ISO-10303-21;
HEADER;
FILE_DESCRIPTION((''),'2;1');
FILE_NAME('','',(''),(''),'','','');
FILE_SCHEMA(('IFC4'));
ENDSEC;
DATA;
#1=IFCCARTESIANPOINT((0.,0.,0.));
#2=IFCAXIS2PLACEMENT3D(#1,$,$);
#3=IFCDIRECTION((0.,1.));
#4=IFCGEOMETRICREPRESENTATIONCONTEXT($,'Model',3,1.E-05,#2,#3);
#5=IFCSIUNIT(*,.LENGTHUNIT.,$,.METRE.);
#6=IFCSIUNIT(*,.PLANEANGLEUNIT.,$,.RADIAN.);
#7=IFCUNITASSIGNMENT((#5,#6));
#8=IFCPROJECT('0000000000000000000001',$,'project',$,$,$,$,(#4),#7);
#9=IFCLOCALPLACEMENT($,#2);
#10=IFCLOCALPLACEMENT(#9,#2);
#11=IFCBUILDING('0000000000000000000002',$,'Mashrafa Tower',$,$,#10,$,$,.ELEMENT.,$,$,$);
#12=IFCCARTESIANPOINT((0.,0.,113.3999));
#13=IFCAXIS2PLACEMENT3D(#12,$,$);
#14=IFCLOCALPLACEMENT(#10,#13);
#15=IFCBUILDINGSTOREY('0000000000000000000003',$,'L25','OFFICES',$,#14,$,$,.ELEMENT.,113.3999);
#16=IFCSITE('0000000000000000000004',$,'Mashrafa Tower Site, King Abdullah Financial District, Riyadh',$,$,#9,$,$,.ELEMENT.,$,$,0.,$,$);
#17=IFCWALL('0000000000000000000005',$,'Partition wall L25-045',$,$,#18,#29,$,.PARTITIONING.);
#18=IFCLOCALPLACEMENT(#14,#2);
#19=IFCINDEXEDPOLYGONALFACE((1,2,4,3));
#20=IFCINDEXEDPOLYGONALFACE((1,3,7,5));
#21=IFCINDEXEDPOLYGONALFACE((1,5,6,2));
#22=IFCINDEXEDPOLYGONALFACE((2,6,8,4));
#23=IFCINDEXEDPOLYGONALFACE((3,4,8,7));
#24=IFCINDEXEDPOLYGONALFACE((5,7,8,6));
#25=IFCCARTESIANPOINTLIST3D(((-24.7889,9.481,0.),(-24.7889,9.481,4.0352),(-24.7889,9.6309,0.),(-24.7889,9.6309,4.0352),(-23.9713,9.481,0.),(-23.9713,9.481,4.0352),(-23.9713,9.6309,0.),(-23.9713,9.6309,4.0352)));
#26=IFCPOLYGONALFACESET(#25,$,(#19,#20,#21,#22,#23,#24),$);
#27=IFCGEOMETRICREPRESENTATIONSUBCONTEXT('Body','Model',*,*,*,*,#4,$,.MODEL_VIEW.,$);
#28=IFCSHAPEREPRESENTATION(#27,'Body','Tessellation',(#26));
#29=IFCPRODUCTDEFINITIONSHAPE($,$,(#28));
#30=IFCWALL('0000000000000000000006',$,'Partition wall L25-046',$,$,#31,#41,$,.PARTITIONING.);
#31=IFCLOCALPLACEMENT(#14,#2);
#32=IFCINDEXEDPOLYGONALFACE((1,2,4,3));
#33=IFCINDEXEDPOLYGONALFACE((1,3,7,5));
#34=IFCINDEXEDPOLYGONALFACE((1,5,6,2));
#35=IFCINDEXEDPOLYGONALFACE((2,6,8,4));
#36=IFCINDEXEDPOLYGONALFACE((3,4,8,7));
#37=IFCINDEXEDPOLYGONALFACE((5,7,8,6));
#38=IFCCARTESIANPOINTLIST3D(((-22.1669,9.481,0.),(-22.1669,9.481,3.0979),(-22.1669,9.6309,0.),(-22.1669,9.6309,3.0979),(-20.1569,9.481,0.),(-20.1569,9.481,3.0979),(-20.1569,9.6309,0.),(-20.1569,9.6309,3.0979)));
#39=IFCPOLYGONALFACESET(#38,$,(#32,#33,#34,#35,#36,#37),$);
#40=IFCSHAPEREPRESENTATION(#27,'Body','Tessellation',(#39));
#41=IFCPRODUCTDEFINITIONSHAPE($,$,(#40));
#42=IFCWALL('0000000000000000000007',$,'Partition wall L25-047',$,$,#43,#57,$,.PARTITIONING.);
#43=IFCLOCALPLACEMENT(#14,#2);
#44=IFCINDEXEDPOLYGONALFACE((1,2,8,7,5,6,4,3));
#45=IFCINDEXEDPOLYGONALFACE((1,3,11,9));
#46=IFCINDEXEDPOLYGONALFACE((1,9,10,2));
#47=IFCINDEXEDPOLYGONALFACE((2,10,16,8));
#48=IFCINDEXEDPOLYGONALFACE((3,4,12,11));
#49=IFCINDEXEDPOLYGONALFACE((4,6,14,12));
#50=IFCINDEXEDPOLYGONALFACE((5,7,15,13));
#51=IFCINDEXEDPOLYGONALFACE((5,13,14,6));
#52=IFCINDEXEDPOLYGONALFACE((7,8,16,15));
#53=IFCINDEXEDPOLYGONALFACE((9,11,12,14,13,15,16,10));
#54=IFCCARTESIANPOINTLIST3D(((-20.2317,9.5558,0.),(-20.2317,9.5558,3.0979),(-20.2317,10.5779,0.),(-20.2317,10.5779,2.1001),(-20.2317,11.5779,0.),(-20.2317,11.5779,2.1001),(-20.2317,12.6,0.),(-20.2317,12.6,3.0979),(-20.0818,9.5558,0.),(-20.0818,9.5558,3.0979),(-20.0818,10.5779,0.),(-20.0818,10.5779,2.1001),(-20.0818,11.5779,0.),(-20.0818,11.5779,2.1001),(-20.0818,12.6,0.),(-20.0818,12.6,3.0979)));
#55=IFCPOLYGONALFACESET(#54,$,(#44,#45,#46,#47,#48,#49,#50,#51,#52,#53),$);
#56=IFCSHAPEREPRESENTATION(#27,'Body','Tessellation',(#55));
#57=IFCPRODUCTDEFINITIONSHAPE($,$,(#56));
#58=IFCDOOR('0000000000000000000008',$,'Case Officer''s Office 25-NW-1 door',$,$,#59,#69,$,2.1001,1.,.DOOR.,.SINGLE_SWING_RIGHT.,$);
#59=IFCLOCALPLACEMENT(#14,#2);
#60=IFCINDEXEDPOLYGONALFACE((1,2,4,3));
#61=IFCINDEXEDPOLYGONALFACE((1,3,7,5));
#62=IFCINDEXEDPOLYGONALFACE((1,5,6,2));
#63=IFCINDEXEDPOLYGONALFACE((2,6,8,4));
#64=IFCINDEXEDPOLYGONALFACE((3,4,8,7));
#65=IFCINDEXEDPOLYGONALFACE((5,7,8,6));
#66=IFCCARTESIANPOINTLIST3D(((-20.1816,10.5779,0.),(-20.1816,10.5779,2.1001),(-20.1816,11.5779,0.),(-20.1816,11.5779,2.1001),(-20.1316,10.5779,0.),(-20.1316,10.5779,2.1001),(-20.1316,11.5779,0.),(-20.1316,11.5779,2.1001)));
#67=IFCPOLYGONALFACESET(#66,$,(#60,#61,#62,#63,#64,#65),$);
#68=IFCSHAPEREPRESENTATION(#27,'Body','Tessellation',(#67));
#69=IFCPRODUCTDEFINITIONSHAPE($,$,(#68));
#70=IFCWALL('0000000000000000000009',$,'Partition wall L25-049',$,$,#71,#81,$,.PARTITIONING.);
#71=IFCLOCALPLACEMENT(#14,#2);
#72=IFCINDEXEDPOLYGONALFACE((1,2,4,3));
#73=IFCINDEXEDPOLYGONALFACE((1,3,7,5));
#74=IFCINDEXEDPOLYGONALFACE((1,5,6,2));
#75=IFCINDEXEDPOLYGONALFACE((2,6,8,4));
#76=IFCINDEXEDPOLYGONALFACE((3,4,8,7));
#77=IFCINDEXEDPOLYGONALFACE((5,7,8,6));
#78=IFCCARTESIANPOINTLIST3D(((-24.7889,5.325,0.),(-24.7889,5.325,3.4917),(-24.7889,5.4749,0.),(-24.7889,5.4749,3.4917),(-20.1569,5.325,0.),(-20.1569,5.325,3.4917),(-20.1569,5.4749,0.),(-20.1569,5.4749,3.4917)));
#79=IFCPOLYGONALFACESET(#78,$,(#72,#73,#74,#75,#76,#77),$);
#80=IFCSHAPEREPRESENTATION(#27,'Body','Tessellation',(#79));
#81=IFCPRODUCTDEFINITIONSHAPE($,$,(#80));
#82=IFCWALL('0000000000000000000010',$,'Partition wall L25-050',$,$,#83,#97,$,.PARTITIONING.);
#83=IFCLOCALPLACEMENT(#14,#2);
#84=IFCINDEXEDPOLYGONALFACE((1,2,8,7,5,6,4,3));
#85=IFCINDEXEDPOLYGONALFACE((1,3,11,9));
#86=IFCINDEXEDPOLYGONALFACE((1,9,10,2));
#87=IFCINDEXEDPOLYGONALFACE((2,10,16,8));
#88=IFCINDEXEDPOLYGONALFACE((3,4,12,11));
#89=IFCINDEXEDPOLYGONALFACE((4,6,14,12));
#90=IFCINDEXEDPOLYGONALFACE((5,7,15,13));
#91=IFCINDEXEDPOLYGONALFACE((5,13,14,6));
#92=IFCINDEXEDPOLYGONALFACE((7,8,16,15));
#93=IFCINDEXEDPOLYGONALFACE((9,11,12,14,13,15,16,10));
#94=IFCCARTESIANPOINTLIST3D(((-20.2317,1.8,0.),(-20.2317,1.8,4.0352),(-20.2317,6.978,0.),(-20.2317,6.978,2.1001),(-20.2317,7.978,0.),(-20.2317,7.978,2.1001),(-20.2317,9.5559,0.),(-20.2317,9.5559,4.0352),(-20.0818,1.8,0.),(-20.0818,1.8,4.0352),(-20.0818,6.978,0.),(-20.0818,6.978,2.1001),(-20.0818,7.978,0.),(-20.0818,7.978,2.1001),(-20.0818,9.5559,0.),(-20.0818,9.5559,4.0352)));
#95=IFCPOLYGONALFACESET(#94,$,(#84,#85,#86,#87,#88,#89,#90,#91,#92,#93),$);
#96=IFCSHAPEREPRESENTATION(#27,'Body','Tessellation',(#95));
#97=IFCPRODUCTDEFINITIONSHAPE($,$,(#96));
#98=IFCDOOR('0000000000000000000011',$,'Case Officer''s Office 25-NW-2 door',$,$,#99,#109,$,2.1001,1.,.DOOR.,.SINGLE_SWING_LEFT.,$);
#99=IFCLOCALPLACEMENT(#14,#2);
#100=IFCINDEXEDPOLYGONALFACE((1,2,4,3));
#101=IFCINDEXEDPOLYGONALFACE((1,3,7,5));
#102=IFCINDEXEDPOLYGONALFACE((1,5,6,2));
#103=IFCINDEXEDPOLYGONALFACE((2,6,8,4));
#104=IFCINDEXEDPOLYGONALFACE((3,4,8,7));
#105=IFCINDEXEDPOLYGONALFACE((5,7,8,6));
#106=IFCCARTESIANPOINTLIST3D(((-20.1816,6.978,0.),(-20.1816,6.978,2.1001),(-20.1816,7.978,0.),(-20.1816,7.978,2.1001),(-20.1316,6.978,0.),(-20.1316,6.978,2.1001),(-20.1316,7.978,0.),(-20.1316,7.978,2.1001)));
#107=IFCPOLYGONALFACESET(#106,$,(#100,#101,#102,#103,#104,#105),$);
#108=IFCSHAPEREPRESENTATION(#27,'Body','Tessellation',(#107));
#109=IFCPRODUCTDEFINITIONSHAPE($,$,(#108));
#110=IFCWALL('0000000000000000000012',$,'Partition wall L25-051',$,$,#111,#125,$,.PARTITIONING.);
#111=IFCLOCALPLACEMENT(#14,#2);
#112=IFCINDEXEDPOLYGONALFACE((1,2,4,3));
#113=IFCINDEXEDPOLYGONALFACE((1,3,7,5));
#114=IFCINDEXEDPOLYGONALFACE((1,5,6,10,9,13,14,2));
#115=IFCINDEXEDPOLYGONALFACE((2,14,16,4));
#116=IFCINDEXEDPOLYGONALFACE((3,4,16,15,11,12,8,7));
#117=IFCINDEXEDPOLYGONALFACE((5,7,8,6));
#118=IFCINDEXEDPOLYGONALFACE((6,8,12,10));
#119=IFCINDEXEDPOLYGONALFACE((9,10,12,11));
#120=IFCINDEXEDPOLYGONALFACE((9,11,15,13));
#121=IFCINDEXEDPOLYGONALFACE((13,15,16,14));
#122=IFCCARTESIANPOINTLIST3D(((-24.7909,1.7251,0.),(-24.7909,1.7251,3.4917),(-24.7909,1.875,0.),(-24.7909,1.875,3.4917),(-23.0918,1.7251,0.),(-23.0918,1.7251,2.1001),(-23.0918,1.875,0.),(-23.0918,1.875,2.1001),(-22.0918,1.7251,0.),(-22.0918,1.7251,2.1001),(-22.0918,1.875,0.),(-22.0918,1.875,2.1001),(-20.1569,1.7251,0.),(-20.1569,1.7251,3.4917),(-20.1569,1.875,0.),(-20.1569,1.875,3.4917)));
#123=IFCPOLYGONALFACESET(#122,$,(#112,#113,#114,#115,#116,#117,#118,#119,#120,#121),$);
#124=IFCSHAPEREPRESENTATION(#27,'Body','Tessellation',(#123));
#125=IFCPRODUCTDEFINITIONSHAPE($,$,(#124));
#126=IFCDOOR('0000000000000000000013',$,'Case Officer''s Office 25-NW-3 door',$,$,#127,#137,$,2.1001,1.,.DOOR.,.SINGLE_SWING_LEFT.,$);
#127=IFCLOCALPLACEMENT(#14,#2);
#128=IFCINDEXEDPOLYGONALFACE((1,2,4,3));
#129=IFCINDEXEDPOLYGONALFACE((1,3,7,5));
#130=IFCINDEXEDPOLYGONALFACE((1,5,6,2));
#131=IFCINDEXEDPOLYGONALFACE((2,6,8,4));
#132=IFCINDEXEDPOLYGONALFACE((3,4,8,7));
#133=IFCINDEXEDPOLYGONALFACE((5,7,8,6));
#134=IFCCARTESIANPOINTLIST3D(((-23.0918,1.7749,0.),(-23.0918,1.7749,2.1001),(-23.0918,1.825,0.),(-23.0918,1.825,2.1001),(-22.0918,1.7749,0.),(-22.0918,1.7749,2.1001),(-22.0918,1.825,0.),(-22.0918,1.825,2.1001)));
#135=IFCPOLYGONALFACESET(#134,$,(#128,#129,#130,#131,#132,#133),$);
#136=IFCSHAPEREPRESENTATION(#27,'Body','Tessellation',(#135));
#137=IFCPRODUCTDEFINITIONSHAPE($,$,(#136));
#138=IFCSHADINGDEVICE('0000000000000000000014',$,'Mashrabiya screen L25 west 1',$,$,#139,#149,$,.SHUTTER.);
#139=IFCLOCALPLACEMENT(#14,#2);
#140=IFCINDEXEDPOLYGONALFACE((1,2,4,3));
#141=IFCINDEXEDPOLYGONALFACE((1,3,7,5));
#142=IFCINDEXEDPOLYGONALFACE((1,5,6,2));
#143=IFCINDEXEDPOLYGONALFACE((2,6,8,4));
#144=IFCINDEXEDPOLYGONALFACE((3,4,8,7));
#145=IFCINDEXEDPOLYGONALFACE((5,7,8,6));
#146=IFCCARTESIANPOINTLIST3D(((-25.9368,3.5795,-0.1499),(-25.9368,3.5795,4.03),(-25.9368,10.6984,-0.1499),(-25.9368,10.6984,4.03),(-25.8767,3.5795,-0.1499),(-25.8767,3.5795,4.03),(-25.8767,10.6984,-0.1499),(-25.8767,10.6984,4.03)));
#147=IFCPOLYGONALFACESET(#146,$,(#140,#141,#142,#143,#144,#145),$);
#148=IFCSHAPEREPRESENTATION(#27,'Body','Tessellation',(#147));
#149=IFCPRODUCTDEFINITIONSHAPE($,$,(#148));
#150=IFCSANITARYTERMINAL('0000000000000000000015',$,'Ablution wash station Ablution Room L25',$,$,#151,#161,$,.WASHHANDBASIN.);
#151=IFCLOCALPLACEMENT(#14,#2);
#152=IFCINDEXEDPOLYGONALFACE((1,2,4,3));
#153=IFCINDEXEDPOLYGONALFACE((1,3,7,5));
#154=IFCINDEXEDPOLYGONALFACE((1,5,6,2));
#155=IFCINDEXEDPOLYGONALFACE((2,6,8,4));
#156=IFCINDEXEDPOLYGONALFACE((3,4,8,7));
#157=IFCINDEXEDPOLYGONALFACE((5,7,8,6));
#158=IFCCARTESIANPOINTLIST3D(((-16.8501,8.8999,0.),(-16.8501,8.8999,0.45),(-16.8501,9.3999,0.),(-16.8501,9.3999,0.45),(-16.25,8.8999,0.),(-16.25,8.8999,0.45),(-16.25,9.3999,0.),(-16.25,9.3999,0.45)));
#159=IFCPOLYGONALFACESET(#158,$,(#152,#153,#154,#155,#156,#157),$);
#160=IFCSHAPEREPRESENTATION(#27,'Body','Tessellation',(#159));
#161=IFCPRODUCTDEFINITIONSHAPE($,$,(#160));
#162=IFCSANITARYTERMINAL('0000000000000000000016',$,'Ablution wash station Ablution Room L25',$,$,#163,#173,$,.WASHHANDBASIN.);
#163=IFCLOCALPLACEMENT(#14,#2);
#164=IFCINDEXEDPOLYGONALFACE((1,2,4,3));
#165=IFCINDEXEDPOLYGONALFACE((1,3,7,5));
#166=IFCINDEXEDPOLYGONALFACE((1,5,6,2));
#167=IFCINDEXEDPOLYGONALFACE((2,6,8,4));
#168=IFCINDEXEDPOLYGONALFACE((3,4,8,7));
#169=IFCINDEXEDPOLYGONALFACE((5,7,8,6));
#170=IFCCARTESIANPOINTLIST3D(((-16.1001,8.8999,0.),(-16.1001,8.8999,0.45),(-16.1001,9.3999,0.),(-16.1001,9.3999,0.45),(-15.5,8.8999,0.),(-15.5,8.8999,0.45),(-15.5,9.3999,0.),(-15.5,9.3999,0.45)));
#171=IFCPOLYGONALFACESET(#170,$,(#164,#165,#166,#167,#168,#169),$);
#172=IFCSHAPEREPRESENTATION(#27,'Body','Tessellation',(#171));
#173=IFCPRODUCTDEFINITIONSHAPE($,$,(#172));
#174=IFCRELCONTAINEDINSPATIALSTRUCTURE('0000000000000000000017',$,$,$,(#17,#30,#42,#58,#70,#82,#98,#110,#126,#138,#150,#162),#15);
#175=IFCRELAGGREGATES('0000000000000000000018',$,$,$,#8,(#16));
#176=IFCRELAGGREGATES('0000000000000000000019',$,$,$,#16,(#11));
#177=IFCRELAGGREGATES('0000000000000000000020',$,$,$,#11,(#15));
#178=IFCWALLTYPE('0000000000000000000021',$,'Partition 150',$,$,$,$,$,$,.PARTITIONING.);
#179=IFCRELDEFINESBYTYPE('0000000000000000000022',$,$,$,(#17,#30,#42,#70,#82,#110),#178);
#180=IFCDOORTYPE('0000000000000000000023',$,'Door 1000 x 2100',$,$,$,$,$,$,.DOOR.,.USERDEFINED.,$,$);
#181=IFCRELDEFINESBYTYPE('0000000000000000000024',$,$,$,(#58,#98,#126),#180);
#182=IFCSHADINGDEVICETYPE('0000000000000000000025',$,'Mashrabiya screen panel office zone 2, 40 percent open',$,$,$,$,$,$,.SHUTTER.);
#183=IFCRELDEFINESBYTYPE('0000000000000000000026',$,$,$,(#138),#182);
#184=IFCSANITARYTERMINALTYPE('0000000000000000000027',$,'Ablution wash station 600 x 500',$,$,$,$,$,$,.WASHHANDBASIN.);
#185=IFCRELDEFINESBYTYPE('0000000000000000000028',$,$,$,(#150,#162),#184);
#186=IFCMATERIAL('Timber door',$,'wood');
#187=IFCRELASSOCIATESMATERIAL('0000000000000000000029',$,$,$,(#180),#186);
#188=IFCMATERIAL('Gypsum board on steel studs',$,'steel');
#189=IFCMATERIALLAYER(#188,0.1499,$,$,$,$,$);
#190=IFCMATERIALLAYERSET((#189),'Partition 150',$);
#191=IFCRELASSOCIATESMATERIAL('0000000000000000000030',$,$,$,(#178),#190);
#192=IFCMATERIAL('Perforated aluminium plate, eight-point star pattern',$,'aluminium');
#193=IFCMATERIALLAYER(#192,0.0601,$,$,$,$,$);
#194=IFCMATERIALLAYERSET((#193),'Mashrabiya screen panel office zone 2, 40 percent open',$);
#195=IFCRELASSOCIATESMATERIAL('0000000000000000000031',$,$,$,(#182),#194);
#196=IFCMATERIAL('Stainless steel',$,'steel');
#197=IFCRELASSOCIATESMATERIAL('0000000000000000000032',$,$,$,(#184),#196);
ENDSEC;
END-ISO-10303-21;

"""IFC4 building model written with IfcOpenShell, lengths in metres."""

from ifc_helpers import new_model, si_unit, direction, frame, frame_2d, origin, origin_2d, place, context, subcontext, project, spatial, rectangle, extrude, source, transform, mapped, material, layer, layer_set, type_object, type_shapes, element, fill, save


model = new_model("IFC4")

# Units and contexts
model_context = context("Model", 3, precision=1e-05, world=origin(), true_north=direction((0.0, 1.0)))
body_context = subcontext(model_context, "Body", "Model", "MODEL_VIEW")
ifc_project = project(units=[si_unit("LENGTHUNIT", "METRE"), si_unit("PLANEANGLEUNIT", "RADIAN")], contexts=[model_context])

# Site, building, storey
site_placement = place(None, origin())
site = spatial("IfcSite", under=ifc_project, at=site_placement, Name="Mashrafa Tower Site, King Abdullah Financial District, Riyadh", CompositionType="ELEMENT", RefElevation=0.0)
building_placement = place(site_placement, origin())
building = spatial("IfcBuilding", under=site, at=building_placement, Name="Mashrafa Tower", CompositionType="ELEMENT")
storey_placement = place(building_placement, frame((0.0, 0.0, 113.3999)))
storey = spatial("IfcBuildingStorey", under=building, at=storey_placement, Name="L25", Description="OFFICES", CompositionType="ELEMENT", Elevation=113.3999)

# Shared definitions
ifc_material_1 = material(Name="Timber door", Category="wood")
door_type_1 = type_object("IfcDoorType", Name="Door 1000 x 2100", OperationType="USERDEFINED", PredefinedType="DOOR", material=ifc_material_1)

# Walls
ifc_material_2 = material(Name="Gypsum board on steel studs", Category="steel")
ifc_layer_1 = layer(ifc_material_2, 0.1499)
ifc_layer_set_1 = layer_set([ifc_layer_1], Name="Partition 150")
wall_type_1 = type_object("IfcWallType", Name="Partition 150", PredefinedType="PARTITIONING", material=ifc_layer_set_1)
wall_1_placement = place(storey_placement, frame((-24.7888, 9.5559, 0.0), z_axis=(0.0, 0.0, 1.0), x_axis=(1.0, 0.0, 0.0)))
element("IfcWall", 1, at=wall_1_placement, inside=storey, type_object=wall_type_1, Name="Partition wall L25-045", PredefinedType="PARTITIONING", context=body_context, shape_type="SweptSolid", body=[
    extrude(rectangle(XDim=0.8176, YDim=0.1499, at=frame_2d((0.4087, 0.0))), origin(), (0.0, 0.0, 1.0), 4.0352),
])
wall_2_placement = place(storey_placement, frame((-22.1667, 9.5559, 0.0), z_axis=(0.0, 0.0, 1.0), x_axis=(1.0, 0.0, 0.0)))
element("IfcWall", 2, at=wall_2_placement, inside=storey, type_object=wall_type_1, Name="Partition wall L25-046", PredefinedType="PARTITIONING", context=body_context, shape_type="SweptSolid", body=[
    extrude(rectangle(XDim=2.01, YDim=0.1499, at=frame_2d((1.0049, 0.0))), origin(), (0.0, 0.0, 1.0), 3.0979),
])

# Wall, opening, door
wall_3_placement = place(storey_placement, frame((-20.1567, 9.5559, 0.0), z_axis=(0.0, 0.0, 1.0), x_axis=(0.0, 1.0, 0.0)))
wall_3 = element("IfcWall", 3, at=wall_3_placement, inside=storey, type_object=wall_type_1, Name="Partition wall L25-047", PredefinedType="PARTITIONING", context=body_context, shape_type="SweptSolid", body=[
    extrude(rectangle(XDim=3.0442, YDim=0.1499, at=frame_2d((1.522, 0.0))), origin(), (0.0, 0.0, 1.0), 3.0979),
])
opening_1_placement = place(wall_3_placement, frame((1.022, 0.0, 0.0)))
opening_1 = element("IfcOpeningElement", 4, at=opening_1_placement, cuts=wall_3, PredefinedType="OPENING", context=body_context, shape_type="SweptSolid", body=[
    extrude(rectangle(XDim=1.0, YDim=2.1001, at=frame_2d((0.5, 1.05))), frame((0.0, 0.085, 0.0), z_axis=(0.0, -1.0, 0.0), x_axis=(1.0, 0.0, 0.0)), (0.0, 0.0, 1.0), 0.1699),
])
door_1_placement = place(opening_1_placement, origin())
door_1 = element("IfcDoor", 5, at=door_1_placement, inside=storey, type_object=door_type_1, Name="Case Officer's Office 25-NW-1 door", OperationType="SINGLE_SWING_RIGHT", OverallHeight=2.1001, OverallWidth=1.0, PredefinedType="DOOR", context=body_context, shape_type="SweptSolid", body=[
    extrude(rectangle(XDim=1.0, YDim=2.1001, at=frame_2d((0.5, 1.05))), frame((0.0, 0.0249, 0.0), z_axis=(0.0, -1.0, 0.0), x_axis=(1.0, 0.0, 0.0)), (0.0, 0.0, 1.0), 0.05),
])
fill(opening_1, door_1)

# Wall
wall_4_placement = place(storey_placement, frame((-24.7888, 5.3999, 0.0), z_axis=(0.0, 0.0, 1.0), x_axis=(1.0, 0.0, 0.0)))
element("IfcWall", 6, at=wall_4_placement, inside=storey, type_object=wall_type_1, Name="Partition wall L25-049", PredefinedType="PARTITIONING", context=body_context, shape_type="SweptSolid", body=[
    extrude(rectangle(XDim=4.6321, YDim=0.1499, at=frame_2d((2.3159, 0.0))), origin(), (0.0, 0.0, 1.0), 3.4917),
])

# Walls, openings, doors
wall_5_placement = place(storey_placement, frame((-20.1567, 9.5559, 0.0), z_axis=(0.0, 0.0, 1.0), x_axis=(0.0, -1.0, 0.0)))
wall_5 = element("IfcWall", 7, at=wall_5_placement, inside=storey, type_object=wall_type_1, Name="Partition wall L25-050", PredefinedType="PARTITIONING", context=body_context, shape_type="SweptSolid", body=[
    extrude(rectangle(XDim=7.7559, YDim=0.1499, at=frame_2d((3.8779, 0.0))), origin(), (0.0, 0.0, 1.0), 4.0352),
])
opening_2_placement = place(wall_5_placement, frame((1.5779, 0.0, 0.0)))
opening_2 = element("IfcOpeningElement", 8, at=opening_2_placement, cuts=wall_5, PredefinedType="OPENING", context=body_context, shape_type="SweptSolid", body=[
    extrude(rectangle(XDim=1.0, YDim=2.1001, at=frame_2d((0.5, 1.05))), frame((0.0, 0.085, 0.0), z_axis=(0.0, -1.0, 0.0), x_axis=(1.0, 0.0, 0.0)), (0.0, 0.0, 1.0), 0.1699),
])
door_2_placement = place(opening_2_placement, frame((1.0, 0.0, 0.0), z_axis=(0.0, 0.0, 1.0), x_axis=(-1.0, 0.0, 0.0)))
door_2 = element("IfcDoor", 9, at=door_2_placement, inside=storey, type_object=door_type_1, Name="Case Officer's Office 25-NW-2 door", OperationType="SINGLE_SWING_LEFT", OverallHeight=2.1001, OverallWidth=1.0, PredefinedType="DOOR", context=body_context, shape_type="SweptSolid", body=[
    extrude(rectangle(XDim=1.0, YDim=2.1001, at=frame_2d((0.5, 1.05))), frame((0.0, 0.0249, 0.0), z_axis=(0.0, -1.0, 0.0), x_axis=(1.0, 0.0, 0.0)), (0.0, 0.0, 1.0), 0.05),
])
fill(opening_2, door_2)
wall_6_placement = place(storey_placement, frame((-24.7908, 1.8, 0.0), z_axis=(0.0, 0.0, 1.0), x_axis=(1.0, 0.0, 0.0)))
wall_6 = element("IfcWall", 10, at=wall_6_placement, inside=storey, type_object=wall_type_1, Name="Partition wall L25-051", PredefinedType="PARTITIONING", context=body_context, shape_type="SweptSolid", body=[
    extrude(rectangle(XDim=4.634, YDim=0.1499, at=frame_2d((2.3169, 0.0))), origin(), (0.0, 0.0, 1.0), 3.4917),
])
opening_3_placement = place(wall_6_placement, frame((1.699, 0.0, 0.0)))
opening_3 = element("IfcOpeningElement", 11, at=opening_3_placement, cuts=wall_6, PredefinedType="OPENING", context=body_context, shape_type="SweptSolid", body=[
    extrude(rectangle(XDim=1.0, YDim=2.1001, at=frame_2d((0.5, 1.05))), frame((0.0, 0.085, 0.0), z_axis=(0.0, -1.0, 0.0), x_axis=(1.0, 0.0, 0.0)), (0.0, 0.0, 1.0), 0.1699),
])
door_3_placement = place(opening_3_placement, origin())
door_3 = element("IfcDoor", 12, at=door_3_placement, inside=storey, type_object=door_type_1, Name="Case Officer's Office 25-NW-3 door", OperationType="SINGLE_SWING_LEFT", OverallHeight=2.1001, OverallWidth=1.0, PredefinedType="DOOR", context=body_context, shape_type="SweptSolid", body=[
    extrude(rectangle(XDim=1.0, YDim=2.1001, at=frame_2d((0.5, 1.05))), frame((0.0, 0.0249, 0.0), z_axis=(0.0, -1.0, 0.0), x_axis=(1.0, 0.0, 0.0)), (0.0, 0.0, 1.0), 0.05),
])
fill(opening_3, door_3)

# Shading device
ifc_material_3 = material(Name="Perforated aluminium plate, eight-point star pattern", Category="aluminium")
ifc_layer_2 = layer(ifc_material_3, 0.0601)
ifc_layer_set_2 = layer_set([ifc_layer_2], Name="Mashrabiya screen panel office zone 2, 40 percent open")
shading_device_type = type_object("IfcShadingDeviceType", Name="Mashrabiya screen panel office zone 2, 40 percent open", PredefinedType="SHUTTER", material=ifc_layer_set_2)
shared_shape_1 = source(origin(), body_context, "Body", "SweptSolid", [
    extrude(rectangle(XDim=7.1189, YDim=0.0601, at=origin_2d()), origin(), (0.0, 0.0, 1.0), 4.1799),
])
type_shapes(shading_device_type, [shared_shape_1])
shading_device_placement = place(storey_placement, frame((-25.9067, 7.1389, -0.1499), z_axis=(0.0, 0.0, 1.0), x_axis=(0.0, -1.0, 0.0)))
element("IfcShadingDevice", 13, at=shading_device_placement, inside=storey, type_object=shading_device_type, Name="Mashrabiya screen L25 west 1", PredefinedType="SHUTTER", context=body_context, shape_type="MappedRepresentation", body=[
    mapped(shared_shape_1, transform((0.0, 0.0, 0.0))),
])

# Sanitary terminals
ifc_material_4 = material(Name="Stainless steel", Category="steel")
sanitary_terminal_type_1 = type_object("IfcSanitaryTerminalType", Name="Ablution wash station 600 x 500", PredefinedType="WASHHANDBASIN", material=ifc_material_4)
for number, where, z_axis, x_axis, name in (
    (14, (-16.55, 9.1499, 0.0), (0.0, 0.0, 1.0), (1.0, 0.0, 0.0), "Ablution wash station Ablution Room L25"),
    (15, (-15.8, 9.1499, 0.0), (0.0, 0.0, 1.0), (1.0, 0.0, 0.0), "Ablution wash station Ablution Room L25"),
):
    element("IfcSanitaryTerminal", number, at=place(storey_placement, frame(where, z_axis=z_axis, x_axis=x_axis)), inside=storey, type_object=sanitary_terminal_type_1, Name=name, PredefinedType="WASHHANDBASIN", context=body_context, shape_type="SweptSolid", body=[
        extrude(rectangle(XDim=0.6001, YDim=0.5, at=origin_2d()), origin(), (0.0, 0.0, 1.0), 0.45),
    ])

save(model, "model.ifc")
